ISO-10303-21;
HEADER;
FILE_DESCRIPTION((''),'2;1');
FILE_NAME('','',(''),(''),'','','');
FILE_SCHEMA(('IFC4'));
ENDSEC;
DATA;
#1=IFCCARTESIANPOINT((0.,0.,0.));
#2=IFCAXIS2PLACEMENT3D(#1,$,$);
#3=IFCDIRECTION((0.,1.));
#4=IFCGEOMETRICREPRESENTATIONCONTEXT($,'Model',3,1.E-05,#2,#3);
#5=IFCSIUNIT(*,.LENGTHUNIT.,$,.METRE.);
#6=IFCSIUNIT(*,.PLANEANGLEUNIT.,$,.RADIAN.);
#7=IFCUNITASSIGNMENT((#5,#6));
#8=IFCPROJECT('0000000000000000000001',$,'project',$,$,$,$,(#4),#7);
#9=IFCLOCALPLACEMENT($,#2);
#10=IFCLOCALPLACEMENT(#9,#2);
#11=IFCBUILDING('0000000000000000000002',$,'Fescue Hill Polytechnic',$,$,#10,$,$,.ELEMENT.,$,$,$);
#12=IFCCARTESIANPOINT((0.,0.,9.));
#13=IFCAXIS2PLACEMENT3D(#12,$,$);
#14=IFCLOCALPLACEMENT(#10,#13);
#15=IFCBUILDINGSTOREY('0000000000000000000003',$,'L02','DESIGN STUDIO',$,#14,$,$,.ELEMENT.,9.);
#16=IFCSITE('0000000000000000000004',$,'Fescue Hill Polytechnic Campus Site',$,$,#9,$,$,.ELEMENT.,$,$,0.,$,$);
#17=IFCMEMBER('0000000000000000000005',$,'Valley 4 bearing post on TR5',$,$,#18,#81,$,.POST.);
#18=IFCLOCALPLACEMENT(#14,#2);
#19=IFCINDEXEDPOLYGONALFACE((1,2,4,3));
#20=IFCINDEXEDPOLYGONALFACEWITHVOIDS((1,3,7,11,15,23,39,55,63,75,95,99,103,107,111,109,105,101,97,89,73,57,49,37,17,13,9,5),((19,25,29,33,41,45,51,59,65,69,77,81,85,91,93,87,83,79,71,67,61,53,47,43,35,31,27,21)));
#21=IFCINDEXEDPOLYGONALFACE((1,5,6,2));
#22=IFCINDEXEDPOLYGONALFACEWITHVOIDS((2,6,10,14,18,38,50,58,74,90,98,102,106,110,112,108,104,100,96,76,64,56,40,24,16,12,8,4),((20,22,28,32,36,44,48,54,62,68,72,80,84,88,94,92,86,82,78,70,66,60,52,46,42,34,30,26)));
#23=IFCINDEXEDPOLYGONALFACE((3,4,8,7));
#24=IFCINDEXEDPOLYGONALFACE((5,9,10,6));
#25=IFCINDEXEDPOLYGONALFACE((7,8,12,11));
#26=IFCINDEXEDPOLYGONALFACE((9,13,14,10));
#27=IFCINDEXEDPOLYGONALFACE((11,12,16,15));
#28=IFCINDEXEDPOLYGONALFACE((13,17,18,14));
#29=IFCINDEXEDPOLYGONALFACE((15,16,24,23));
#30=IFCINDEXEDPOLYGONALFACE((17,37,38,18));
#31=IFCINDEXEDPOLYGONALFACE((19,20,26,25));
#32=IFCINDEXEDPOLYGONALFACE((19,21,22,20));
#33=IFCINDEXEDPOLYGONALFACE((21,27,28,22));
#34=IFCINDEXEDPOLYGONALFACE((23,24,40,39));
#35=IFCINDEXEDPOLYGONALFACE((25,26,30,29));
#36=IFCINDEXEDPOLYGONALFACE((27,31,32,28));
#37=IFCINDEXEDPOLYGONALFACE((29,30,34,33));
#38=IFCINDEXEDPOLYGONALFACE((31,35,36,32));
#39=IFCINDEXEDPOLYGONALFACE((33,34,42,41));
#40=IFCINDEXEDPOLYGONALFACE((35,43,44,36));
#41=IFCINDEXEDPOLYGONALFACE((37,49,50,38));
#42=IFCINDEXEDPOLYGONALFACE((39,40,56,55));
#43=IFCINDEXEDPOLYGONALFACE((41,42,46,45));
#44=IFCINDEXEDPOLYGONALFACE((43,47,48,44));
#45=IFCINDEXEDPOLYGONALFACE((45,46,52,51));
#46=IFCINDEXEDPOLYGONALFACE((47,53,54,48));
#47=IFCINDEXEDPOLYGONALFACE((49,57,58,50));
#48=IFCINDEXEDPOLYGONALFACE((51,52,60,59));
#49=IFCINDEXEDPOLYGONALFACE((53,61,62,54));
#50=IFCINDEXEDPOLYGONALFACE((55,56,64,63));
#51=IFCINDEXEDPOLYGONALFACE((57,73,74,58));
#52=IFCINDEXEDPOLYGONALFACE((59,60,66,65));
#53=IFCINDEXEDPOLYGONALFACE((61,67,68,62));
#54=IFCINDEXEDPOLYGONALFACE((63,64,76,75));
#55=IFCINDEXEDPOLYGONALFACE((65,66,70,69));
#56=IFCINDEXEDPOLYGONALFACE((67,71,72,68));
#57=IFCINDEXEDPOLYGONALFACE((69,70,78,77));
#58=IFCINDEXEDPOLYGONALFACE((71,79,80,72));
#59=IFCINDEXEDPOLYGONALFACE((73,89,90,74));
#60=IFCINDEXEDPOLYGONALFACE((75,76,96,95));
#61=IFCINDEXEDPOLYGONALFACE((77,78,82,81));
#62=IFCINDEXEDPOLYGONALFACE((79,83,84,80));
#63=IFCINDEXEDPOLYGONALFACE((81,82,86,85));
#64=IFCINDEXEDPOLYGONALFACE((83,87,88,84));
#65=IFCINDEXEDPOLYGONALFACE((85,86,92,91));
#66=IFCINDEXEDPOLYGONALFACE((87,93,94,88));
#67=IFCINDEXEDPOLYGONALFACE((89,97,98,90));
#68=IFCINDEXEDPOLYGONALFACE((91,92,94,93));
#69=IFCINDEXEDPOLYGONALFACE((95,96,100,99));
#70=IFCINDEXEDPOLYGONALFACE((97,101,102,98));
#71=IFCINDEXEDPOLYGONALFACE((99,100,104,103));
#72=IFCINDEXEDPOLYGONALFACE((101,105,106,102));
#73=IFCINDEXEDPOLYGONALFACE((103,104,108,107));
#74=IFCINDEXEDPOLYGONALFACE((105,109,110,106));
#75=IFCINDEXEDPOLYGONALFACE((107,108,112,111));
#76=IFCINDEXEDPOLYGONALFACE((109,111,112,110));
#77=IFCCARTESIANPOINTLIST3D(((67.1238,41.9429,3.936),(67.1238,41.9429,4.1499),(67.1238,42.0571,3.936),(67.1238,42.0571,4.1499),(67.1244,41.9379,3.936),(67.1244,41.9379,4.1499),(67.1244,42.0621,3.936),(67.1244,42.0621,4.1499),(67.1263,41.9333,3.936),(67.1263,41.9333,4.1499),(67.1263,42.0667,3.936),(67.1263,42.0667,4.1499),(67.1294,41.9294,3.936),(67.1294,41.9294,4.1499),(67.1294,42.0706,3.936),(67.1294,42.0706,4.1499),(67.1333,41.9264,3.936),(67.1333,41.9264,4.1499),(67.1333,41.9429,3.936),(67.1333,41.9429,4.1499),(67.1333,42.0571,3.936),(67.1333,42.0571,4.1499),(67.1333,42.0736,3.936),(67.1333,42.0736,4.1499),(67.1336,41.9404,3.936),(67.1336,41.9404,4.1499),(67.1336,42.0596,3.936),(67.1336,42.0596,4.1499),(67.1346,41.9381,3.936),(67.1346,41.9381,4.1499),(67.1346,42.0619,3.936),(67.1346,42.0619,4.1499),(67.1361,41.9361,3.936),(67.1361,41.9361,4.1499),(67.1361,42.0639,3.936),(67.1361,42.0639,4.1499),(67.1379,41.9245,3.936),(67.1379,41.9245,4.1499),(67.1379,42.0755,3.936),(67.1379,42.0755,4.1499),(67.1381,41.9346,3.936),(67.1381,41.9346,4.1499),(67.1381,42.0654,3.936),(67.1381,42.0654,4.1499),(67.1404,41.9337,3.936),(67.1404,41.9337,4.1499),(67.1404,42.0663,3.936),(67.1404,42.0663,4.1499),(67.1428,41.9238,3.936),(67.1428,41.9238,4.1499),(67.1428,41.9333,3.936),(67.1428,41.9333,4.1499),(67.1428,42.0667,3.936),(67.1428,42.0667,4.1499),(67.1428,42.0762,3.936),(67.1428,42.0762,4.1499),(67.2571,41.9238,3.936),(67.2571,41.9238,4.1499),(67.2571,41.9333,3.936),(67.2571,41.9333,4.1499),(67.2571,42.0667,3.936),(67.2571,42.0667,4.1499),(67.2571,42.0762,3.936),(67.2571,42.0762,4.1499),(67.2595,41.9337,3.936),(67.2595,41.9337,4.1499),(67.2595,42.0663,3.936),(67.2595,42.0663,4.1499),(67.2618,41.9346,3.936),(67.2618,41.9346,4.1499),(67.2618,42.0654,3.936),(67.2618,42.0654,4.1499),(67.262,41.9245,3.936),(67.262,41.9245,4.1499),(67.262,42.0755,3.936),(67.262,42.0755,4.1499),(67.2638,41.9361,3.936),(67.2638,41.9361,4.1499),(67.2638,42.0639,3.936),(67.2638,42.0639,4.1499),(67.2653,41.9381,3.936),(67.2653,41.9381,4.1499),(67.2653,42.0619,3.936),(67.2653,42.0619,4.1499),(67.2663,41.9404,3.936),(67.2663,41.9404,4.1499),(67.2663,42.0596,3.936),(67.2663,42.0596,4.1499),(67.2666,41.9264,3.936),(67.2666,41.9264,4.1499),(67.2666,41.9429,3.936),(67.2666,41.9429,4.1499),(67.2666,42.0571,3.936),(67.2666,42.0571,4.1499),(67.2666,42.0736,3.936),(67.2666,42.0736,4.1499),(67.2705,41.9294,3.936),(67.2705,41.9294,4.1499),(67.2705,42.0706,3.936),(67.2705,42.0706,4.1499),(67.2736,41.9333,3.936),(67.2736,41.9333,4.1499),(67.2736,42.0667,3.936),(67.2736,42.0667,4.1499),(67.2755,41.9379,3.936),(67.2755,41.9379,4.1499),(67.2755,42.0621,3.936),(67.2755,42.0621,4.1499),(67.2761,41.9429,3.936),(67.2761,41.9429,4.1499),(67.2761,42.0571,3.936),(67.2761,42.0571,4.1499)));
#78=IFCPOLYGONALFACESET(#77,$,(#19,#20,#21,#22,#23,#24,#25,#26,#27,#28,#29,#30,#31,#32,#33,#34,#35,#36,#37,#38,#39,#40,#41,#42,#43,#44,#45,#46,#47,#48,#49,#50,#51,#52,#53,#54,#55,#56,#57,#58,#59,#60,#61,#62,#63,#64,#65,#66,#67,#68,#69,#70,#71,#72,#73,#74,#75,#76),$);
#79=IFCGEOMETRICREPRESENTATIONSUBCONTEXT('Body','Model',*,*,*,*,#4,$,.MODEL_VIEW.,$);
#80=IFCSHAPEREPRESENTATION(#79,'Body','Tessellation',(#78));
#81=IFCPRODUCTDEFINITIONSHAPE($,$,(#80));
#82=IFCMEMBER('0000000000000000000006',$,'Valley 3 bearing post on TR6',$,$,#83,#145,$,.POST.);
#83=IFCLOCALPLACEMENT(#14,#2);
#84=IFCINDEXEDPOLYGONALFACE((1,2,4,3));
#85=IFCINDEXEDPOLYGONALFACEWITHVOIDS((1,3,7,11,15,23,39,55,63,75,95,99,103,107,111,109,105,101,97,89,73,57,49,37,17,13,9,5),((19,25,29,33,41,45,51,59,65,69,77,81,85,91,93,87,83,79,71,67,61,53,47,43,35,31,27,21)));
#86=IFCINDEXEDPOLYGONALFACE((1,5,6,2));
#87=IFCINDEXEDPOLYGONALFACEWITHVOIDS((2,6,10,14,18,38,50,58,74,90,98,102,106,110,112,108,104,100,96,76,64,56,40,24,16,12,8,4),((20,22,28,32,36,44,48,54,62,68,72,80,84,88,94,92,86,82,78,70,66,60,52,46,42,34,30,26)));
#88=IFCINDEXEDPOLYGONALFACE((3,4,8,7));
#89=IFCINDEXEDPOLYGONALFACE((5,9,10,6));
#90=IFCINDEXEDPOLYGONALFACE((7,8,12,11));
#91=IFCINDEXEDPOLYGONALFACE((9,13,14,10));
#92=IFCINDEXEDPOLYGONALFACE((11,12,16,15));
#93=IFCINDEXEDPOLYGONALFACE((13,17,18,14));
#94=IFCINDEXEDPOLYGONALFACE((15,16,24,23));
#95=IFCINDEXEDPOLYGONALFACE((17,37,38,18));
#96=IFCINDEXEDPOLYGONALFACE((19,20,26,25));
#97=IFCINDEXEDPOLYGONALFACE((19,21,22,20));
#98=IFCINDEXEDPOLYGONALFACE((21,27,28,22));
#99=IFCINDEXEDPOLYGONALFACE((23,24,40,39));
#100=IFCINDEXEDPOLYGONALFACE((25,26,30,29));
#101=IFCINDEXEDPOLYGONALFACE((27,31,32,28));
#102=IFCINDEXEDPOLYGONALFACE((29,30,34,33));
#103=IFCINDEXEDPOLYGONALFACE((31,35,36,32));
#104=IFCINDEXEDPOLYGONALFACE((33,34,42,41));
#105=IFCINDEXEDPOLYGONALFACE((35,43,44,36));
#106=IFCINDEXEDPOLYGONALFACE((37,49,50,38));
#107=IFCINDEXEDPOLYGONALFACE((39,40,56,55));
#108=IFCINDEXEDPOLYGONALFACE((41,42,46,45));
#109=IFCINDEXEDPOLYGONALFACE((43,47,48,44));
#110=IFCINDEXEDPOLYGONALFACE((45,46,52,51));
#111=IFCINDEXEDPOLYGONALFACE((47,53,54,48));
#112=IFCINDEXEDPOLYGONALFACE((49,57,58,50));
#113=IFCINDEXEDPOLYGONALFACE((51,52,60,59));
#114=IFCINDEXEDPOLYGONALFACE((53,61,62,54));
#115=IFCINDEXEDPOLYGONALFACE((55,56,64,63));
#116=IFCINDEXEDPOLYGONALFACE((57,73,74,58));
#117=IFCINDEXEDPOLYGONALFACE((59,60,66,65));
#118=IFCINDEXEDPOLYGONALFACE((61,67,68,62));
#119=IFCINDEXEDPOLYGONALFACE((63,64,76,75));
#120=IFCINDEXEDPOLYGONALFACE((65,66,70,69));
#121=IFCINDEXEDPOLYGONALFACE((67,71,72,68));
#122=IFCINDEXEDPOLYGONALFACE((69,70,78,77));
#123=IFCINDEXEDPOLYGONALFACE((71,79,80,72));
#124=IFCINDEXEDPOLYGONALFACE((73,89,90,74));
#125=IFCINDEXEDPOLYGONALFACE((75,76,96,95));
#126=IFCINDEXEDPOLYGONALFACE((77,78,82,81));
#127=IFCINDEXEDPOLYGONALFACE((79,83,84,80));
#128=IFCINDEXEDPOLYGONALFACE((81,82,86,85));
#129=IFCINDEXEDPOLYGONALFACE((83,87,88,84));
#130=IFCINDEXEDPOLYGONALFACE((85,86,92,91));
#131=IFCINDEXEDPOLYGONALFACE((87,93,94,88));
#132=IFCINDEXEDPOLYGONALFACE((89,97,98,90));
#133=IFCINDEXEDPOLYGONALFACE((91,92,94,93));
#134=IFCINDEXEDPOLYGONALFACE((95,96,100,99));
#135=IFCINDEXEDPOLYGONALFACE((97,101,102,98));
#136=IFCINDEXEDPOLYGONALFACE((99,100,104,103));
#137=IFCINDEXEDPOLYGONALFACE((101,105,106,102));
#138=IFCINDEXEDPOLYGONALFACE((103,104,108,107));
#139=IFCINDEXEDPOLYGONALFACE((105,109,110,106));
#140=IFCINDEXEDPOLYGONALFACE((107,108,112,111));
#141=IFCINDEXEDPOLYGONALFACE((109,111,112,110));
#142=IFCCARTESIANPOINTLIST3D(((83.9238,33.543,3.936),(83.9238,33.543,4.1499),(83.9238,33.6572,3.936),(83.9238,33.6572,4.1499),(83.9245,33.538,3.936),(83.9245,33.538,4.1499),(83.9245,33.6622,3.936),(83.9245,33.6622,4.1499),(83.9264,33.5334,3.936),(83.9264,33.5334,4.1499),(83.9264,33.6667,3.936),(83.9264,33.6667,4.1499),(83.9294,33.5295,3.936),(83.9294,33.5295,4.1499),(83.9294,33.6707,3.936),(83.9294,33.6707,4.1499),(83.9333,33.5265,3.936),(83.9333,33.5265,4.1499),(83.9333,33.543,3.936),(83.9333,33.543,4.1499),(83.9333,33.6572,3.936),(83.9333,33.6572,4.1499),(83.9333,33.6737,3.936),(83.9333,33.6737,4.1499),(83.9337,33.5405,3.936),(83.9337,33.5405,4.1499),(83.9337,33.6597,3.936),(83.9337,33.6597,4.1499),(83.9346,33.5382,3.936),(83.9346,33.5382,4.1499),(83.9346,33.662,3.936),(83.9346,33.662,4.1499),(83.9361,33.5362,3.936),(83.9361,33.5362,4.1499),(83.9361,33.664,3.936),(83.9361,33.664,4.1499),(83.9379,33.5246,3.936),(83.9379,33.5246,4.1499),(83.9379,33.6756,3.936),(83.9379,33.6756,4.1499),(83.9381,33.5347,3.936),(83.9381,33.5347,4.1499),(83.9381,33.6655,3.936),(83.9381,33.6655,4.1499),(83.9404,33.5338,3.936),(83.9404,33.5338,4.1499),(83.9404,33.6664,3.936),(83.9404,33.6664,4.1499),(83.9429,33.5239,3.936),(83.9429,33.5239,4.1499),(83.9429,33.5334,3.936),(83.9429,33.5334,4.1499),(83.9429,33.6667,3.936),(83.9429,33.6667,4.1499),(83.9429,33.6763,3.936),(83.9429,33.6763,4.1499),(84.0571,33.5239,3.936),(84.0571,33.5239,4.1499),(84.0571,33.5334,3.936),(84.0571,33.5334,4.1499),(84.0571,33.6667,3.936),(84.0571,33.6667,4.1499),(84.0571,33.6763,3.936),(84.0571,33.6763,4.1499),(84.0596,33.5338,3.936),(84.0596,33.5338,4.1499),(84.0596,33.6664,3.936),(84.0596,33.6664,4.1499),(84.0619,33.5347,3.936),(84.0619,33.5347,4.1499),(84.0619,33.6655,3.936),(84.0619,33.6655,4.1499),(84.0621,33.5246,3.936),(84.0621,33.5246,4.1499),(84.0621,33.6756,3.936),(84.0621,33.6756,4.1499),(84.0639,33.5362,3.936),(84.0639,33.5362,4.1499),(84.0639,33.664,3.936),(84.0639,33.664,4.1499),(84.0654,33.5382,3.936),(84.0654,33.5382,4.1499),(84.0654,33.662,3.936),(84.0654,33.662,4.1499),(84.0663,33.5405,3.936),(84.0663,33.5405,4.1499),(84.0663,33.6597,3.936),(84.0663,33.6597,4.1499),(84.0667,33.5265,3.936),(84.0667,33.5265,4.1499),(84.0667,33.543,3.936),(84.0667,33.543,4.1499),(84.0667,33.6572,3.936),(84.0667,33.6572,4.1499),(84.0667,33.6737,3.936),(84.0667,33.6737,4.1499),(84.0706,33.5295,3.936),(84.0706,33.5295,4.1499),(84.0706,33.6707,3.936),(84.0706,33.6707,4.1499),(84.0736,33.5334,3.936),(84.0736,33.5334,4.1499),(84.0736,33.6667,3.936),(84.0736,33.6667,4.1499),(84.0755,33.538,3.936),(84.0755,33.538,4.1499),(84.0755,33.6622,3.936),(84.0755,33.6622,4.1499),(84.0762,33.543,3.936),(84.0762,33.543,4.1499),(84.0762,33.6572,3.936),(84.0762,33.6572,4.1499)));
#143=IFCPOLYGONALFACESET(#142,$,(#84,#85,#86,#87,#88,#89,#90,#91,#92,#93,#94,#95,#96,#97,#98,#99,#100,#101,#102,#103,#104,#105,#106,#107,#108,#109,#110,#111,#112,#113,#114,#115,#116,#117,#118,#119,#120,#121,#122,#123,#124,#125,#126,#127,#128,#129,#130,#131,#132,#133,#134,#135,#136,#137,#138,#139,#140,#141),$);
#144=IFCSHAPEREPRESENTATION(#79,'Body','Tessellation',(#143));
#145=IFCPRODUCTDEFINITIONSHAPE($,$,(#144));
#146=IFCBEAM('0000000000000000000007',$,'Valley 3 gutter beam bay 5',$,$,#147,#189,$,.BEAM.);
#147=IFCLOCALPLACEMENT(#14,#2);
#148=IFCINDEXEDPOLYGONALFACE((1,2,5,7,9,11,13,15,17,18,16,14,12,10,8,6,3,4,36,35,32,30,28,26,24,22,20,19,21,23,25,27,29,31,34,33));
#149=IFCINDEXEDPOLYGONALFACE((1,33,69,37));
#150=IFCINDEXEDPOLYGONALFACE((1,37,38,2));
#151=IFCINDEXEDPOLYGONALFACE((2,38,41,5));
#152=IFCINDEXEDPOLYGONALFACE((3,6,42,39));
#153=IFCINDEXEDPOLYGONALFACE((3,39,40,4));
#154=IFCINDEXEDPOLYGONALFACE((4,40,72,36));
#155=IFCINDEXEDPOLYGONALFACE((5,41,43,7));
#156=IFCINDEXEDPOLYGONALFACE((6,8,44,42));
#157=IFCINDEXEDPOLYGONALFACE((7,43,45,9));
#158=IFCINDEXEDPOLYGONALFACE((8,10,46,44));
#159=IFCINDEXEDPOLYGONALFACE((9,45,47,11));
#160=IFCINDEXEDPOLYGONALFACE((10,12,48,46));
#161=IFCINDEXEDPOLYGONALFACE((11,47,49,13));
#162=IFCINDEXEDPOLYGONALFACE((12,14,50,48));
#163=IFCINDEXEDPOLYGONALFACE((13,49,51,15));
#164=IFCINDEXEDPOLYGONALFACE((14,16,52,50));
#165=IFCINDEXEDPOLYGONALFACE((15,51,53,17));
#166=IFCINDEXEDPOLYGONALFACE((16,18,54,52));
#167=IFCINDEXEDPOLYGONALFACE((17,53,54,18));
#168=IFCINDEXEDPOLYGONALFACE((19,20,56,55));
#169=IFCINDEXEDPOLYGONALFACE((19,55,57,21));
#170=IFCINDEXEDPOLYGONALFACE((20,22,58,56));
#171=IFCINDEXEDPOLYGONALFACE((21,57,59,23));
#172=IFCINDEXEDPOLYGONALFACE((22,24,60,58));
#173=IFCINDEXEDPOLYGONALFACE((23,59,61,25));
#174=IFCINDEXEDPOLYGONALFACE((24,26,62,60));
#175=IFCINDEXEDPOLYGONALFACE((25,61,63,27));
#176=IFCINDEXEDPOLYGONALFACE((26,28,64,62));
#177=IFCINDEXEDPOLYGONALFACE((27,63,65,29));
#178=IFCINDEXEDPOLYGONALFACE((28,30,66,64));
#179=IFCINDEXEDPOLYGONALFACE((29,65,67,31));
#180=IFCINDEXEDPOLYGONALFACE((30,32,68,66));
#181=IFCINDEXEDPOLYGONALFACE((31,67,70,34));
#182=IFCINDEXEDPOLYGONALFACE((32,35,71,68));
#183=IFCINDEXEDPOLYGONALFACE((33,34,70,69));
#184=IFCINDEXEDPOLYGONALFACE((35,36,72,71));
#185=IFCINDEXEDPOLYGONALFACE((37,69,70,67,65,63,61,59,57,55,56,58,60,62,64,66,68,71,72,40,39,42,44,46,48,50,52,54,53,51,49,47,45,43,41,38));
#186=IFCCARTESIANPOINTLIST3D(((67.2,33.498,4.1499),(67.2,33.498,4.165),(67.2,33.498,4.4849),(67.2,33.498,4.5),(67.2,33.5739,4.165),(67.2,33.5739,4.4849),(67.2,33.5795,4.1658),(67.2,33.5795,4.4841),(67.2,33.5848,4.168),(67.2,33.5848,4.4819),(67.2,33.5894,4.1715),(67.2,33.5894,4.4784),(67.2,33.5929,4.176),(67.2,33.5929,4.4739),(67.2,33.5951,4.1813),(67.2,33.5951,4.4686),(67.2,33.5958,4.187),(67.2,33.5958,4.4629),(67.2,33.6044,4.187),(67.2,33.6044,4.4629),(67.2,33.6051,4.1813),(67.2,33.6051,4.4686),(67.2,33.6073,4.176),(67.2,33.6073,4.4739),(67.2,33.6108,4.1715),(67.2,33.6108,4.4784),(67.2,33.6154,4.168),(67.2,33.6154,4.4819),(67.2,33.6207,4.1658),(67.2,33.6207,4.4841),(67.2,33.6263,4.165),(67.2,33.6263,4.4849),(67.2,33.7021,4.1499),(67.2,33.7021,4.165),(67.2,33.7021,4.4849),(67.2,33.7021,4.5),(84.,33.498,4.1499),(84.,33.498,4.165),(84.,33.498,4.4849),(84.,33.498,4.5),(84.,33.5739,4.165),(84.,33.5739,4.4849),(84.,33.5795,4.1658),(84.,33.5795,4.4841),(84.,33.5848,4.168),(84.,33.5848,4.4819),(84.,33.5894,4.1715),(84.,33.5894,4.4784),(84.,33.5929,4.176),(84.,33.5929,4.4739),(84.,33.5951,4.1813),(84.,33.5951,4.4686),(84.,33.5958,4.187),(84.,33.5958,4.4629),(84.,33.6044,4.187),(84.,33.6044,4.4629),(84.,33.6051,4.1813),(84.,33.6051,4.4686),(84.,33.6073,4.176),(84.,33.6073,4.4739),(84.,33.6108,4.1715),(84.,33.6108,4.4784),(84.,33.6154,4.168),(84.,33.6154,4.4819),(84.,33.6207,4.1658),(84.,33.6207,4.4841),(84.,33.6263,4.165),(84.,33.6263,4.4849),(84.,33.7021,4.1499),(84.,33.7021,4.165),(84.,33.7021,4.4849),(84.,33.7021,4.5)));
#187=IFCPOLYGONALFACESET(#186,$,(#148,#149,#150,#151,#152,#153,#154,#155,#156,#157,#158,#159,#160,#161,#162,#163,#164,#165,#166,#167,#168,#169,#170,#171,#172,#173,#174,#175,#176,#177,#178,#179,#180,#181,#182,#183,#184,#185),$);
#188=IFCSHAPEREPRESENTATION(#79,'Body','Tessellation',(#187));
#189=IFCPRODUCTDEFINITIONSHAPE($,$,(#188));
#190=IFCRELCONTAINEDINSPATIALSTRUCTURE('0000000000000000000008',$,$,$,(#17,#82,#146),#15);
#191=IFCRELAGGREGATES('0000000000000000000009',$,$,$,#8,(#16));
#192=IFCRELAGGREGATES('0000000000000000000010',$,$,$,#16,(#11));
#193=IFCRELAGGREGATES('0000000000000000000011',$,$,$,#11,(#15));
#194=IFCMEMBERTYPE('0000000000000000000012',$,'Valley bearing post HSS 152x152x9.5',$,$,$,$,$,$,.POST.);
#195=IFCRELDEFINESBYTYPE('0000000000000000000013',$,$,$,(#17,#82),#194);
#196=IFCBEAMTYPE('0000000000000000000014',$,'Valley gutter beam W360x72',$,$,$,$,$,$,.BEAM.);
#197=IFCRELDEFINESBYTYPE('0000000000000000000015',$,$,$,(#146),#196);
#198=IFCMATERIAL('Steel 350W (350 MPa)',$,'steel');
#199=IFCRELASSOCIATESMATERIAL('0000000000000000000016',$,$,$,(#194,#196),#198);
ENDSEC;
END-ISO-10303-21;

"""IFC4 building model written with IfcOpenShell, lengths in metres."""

from ifc_helpers import new_model, si_unit, direction, frame, origin, origin_2d, place, context, subcontext, project, spatial, hollow_rectangle, i_section, extrude, material, material_profile, profile_set, type_object, element, save


model = new_model("IFC4")

# Units and contexts
model_context = context("Model", 3, precision=1e-05, world=origin(), true_north=direction((0.0, 1.0)))
body_context = subcontext(model_context, "Body", "Model", "MODEL_VIEW")
ifc_project = project(units=[si_unit("LENGTHUNIT", "METRE"), si_unit("PLANEANGLEUNIT", "RADIAN")], contexts=[model_context])

# Site, building, storey
site_placement = place(None, origin())
site = spatial("IfcSite", under=ifc_project, at=site_placement, Name="Fescue Hill Polytechnic Campus Site", CompositionType="ELEMENT", RefElevation=0.0)
building_placement = place(site_placement, origin())
building = spatial("IfcBuilding", under=site, at=building_placement, Name="Fescue Hill Polytechnic", CompositionType="ELEMENT")
storey_placement = place(building_placement, frame((0.0, 0.0, 9.0)))
storey = spatial("IfcBuildingStorey", under=building, at=storey_placement, Name="L02", Description="DESIGN STUDIO", CompositionType="ELEMENT", Elevation=9.0)

# Members
ifc_material = material(Name="Steel 350W (350 MPa)", Category="steel")
ifc_material_profile_1 = material_profile(ifc_material, hollow_rectangle(XDim=0.1523, YDim=0.1523, WallThickness=0.0095, InnerFilletRadius=0.0095, OuterFilletRadius=0.019, at=origin_2d()), Name="Valley bearing post HSS 152x152x9.5")
ifc_profile_set_1 = profile_set([ifc_material_profile_1], Name="Steel 350W (350 MPa)")
member_type_1 = type_object("IfcMemberType", Name="Valley bearing post HSS 152x152x9.5", PredefinedType="POST", material=ifc_profile_set_1)
for number, where, z_axis, x_axis, name in (
    (1, (67.2, 42.0, 3.936), (0.0, 0.0, 1.0), (1.0, 0.0, 0.0), "Valley 4 bearing post on TR5"),
    (2, (84.0, 33.6001, 3.936), (0.0, 0.0, 1.0), (1.0, 0.0, 0.0), "Valley 3 bearing post on TR6"),
):
    element("IfcMember", number, at=place(storey_placement, frame(where, z_axis=z_axis, x_axis=x_axis)), inside=storey, type_object=member_type_1, Name=name, PredefinedType="POST", context=body_context, shape_type="SweptSolid", body=[
        extrude(hollow_rectangle(XDim=0.1523, YDim=0.1523, WallThickness=0.0095, InnerFilletRadius=0.0095, OuterFilletRadius=0.019, at=origin_2d()), origin(), (0.0, 0.0, 1.0), 0.2139),
    ])

# Beam
ifc_material_profile_2 = material_profile(ifc_material, i_section(OverallWidth=0.2041, OverallDepth=0.3501, WebThickness=0.0085, FlangeThickness=0.0151, FilletRadius=0.022, at=origin_2d()), Name="W360x72")
ifc_profile_set_2 = profile_set([ifc_material_profile_2], Name="Steel 350W (350 MPa)")
beam_type = type_object("IfcBeamType", Name="Valley gutter beam W360x72", PredefinedType="BEAM", material=ifc_profile_set_2)
for number, where, z_axis, x_axis, name in (
    (3, (67.2, 33.6001, 4.325), (1.0, 0.0, 0.0), (0.0, 1.0, 0.0), "Valley 3 gutter beam bay 5"),
):
    element("IfcBeam", number, at=place(storey_placement, frame(where, z_axis=z_axis, x_axis=x_axis)), inside=storey, type_object=beam_type, Name=name, PredefinedType="BEAM", context=body_context, shape_type="SweptSolid", body=[
        extrude(i_section(OverallWidth=0.2041, OverallDepth=0.3501, WebThickness=0.0085, FlangeThickness=0.0151, FilletRadius=0.022, at=origin_2d()), origin(), (0.0, 0.0, 1.0), 16.8),
    ])

save(model, "model.ifc")
